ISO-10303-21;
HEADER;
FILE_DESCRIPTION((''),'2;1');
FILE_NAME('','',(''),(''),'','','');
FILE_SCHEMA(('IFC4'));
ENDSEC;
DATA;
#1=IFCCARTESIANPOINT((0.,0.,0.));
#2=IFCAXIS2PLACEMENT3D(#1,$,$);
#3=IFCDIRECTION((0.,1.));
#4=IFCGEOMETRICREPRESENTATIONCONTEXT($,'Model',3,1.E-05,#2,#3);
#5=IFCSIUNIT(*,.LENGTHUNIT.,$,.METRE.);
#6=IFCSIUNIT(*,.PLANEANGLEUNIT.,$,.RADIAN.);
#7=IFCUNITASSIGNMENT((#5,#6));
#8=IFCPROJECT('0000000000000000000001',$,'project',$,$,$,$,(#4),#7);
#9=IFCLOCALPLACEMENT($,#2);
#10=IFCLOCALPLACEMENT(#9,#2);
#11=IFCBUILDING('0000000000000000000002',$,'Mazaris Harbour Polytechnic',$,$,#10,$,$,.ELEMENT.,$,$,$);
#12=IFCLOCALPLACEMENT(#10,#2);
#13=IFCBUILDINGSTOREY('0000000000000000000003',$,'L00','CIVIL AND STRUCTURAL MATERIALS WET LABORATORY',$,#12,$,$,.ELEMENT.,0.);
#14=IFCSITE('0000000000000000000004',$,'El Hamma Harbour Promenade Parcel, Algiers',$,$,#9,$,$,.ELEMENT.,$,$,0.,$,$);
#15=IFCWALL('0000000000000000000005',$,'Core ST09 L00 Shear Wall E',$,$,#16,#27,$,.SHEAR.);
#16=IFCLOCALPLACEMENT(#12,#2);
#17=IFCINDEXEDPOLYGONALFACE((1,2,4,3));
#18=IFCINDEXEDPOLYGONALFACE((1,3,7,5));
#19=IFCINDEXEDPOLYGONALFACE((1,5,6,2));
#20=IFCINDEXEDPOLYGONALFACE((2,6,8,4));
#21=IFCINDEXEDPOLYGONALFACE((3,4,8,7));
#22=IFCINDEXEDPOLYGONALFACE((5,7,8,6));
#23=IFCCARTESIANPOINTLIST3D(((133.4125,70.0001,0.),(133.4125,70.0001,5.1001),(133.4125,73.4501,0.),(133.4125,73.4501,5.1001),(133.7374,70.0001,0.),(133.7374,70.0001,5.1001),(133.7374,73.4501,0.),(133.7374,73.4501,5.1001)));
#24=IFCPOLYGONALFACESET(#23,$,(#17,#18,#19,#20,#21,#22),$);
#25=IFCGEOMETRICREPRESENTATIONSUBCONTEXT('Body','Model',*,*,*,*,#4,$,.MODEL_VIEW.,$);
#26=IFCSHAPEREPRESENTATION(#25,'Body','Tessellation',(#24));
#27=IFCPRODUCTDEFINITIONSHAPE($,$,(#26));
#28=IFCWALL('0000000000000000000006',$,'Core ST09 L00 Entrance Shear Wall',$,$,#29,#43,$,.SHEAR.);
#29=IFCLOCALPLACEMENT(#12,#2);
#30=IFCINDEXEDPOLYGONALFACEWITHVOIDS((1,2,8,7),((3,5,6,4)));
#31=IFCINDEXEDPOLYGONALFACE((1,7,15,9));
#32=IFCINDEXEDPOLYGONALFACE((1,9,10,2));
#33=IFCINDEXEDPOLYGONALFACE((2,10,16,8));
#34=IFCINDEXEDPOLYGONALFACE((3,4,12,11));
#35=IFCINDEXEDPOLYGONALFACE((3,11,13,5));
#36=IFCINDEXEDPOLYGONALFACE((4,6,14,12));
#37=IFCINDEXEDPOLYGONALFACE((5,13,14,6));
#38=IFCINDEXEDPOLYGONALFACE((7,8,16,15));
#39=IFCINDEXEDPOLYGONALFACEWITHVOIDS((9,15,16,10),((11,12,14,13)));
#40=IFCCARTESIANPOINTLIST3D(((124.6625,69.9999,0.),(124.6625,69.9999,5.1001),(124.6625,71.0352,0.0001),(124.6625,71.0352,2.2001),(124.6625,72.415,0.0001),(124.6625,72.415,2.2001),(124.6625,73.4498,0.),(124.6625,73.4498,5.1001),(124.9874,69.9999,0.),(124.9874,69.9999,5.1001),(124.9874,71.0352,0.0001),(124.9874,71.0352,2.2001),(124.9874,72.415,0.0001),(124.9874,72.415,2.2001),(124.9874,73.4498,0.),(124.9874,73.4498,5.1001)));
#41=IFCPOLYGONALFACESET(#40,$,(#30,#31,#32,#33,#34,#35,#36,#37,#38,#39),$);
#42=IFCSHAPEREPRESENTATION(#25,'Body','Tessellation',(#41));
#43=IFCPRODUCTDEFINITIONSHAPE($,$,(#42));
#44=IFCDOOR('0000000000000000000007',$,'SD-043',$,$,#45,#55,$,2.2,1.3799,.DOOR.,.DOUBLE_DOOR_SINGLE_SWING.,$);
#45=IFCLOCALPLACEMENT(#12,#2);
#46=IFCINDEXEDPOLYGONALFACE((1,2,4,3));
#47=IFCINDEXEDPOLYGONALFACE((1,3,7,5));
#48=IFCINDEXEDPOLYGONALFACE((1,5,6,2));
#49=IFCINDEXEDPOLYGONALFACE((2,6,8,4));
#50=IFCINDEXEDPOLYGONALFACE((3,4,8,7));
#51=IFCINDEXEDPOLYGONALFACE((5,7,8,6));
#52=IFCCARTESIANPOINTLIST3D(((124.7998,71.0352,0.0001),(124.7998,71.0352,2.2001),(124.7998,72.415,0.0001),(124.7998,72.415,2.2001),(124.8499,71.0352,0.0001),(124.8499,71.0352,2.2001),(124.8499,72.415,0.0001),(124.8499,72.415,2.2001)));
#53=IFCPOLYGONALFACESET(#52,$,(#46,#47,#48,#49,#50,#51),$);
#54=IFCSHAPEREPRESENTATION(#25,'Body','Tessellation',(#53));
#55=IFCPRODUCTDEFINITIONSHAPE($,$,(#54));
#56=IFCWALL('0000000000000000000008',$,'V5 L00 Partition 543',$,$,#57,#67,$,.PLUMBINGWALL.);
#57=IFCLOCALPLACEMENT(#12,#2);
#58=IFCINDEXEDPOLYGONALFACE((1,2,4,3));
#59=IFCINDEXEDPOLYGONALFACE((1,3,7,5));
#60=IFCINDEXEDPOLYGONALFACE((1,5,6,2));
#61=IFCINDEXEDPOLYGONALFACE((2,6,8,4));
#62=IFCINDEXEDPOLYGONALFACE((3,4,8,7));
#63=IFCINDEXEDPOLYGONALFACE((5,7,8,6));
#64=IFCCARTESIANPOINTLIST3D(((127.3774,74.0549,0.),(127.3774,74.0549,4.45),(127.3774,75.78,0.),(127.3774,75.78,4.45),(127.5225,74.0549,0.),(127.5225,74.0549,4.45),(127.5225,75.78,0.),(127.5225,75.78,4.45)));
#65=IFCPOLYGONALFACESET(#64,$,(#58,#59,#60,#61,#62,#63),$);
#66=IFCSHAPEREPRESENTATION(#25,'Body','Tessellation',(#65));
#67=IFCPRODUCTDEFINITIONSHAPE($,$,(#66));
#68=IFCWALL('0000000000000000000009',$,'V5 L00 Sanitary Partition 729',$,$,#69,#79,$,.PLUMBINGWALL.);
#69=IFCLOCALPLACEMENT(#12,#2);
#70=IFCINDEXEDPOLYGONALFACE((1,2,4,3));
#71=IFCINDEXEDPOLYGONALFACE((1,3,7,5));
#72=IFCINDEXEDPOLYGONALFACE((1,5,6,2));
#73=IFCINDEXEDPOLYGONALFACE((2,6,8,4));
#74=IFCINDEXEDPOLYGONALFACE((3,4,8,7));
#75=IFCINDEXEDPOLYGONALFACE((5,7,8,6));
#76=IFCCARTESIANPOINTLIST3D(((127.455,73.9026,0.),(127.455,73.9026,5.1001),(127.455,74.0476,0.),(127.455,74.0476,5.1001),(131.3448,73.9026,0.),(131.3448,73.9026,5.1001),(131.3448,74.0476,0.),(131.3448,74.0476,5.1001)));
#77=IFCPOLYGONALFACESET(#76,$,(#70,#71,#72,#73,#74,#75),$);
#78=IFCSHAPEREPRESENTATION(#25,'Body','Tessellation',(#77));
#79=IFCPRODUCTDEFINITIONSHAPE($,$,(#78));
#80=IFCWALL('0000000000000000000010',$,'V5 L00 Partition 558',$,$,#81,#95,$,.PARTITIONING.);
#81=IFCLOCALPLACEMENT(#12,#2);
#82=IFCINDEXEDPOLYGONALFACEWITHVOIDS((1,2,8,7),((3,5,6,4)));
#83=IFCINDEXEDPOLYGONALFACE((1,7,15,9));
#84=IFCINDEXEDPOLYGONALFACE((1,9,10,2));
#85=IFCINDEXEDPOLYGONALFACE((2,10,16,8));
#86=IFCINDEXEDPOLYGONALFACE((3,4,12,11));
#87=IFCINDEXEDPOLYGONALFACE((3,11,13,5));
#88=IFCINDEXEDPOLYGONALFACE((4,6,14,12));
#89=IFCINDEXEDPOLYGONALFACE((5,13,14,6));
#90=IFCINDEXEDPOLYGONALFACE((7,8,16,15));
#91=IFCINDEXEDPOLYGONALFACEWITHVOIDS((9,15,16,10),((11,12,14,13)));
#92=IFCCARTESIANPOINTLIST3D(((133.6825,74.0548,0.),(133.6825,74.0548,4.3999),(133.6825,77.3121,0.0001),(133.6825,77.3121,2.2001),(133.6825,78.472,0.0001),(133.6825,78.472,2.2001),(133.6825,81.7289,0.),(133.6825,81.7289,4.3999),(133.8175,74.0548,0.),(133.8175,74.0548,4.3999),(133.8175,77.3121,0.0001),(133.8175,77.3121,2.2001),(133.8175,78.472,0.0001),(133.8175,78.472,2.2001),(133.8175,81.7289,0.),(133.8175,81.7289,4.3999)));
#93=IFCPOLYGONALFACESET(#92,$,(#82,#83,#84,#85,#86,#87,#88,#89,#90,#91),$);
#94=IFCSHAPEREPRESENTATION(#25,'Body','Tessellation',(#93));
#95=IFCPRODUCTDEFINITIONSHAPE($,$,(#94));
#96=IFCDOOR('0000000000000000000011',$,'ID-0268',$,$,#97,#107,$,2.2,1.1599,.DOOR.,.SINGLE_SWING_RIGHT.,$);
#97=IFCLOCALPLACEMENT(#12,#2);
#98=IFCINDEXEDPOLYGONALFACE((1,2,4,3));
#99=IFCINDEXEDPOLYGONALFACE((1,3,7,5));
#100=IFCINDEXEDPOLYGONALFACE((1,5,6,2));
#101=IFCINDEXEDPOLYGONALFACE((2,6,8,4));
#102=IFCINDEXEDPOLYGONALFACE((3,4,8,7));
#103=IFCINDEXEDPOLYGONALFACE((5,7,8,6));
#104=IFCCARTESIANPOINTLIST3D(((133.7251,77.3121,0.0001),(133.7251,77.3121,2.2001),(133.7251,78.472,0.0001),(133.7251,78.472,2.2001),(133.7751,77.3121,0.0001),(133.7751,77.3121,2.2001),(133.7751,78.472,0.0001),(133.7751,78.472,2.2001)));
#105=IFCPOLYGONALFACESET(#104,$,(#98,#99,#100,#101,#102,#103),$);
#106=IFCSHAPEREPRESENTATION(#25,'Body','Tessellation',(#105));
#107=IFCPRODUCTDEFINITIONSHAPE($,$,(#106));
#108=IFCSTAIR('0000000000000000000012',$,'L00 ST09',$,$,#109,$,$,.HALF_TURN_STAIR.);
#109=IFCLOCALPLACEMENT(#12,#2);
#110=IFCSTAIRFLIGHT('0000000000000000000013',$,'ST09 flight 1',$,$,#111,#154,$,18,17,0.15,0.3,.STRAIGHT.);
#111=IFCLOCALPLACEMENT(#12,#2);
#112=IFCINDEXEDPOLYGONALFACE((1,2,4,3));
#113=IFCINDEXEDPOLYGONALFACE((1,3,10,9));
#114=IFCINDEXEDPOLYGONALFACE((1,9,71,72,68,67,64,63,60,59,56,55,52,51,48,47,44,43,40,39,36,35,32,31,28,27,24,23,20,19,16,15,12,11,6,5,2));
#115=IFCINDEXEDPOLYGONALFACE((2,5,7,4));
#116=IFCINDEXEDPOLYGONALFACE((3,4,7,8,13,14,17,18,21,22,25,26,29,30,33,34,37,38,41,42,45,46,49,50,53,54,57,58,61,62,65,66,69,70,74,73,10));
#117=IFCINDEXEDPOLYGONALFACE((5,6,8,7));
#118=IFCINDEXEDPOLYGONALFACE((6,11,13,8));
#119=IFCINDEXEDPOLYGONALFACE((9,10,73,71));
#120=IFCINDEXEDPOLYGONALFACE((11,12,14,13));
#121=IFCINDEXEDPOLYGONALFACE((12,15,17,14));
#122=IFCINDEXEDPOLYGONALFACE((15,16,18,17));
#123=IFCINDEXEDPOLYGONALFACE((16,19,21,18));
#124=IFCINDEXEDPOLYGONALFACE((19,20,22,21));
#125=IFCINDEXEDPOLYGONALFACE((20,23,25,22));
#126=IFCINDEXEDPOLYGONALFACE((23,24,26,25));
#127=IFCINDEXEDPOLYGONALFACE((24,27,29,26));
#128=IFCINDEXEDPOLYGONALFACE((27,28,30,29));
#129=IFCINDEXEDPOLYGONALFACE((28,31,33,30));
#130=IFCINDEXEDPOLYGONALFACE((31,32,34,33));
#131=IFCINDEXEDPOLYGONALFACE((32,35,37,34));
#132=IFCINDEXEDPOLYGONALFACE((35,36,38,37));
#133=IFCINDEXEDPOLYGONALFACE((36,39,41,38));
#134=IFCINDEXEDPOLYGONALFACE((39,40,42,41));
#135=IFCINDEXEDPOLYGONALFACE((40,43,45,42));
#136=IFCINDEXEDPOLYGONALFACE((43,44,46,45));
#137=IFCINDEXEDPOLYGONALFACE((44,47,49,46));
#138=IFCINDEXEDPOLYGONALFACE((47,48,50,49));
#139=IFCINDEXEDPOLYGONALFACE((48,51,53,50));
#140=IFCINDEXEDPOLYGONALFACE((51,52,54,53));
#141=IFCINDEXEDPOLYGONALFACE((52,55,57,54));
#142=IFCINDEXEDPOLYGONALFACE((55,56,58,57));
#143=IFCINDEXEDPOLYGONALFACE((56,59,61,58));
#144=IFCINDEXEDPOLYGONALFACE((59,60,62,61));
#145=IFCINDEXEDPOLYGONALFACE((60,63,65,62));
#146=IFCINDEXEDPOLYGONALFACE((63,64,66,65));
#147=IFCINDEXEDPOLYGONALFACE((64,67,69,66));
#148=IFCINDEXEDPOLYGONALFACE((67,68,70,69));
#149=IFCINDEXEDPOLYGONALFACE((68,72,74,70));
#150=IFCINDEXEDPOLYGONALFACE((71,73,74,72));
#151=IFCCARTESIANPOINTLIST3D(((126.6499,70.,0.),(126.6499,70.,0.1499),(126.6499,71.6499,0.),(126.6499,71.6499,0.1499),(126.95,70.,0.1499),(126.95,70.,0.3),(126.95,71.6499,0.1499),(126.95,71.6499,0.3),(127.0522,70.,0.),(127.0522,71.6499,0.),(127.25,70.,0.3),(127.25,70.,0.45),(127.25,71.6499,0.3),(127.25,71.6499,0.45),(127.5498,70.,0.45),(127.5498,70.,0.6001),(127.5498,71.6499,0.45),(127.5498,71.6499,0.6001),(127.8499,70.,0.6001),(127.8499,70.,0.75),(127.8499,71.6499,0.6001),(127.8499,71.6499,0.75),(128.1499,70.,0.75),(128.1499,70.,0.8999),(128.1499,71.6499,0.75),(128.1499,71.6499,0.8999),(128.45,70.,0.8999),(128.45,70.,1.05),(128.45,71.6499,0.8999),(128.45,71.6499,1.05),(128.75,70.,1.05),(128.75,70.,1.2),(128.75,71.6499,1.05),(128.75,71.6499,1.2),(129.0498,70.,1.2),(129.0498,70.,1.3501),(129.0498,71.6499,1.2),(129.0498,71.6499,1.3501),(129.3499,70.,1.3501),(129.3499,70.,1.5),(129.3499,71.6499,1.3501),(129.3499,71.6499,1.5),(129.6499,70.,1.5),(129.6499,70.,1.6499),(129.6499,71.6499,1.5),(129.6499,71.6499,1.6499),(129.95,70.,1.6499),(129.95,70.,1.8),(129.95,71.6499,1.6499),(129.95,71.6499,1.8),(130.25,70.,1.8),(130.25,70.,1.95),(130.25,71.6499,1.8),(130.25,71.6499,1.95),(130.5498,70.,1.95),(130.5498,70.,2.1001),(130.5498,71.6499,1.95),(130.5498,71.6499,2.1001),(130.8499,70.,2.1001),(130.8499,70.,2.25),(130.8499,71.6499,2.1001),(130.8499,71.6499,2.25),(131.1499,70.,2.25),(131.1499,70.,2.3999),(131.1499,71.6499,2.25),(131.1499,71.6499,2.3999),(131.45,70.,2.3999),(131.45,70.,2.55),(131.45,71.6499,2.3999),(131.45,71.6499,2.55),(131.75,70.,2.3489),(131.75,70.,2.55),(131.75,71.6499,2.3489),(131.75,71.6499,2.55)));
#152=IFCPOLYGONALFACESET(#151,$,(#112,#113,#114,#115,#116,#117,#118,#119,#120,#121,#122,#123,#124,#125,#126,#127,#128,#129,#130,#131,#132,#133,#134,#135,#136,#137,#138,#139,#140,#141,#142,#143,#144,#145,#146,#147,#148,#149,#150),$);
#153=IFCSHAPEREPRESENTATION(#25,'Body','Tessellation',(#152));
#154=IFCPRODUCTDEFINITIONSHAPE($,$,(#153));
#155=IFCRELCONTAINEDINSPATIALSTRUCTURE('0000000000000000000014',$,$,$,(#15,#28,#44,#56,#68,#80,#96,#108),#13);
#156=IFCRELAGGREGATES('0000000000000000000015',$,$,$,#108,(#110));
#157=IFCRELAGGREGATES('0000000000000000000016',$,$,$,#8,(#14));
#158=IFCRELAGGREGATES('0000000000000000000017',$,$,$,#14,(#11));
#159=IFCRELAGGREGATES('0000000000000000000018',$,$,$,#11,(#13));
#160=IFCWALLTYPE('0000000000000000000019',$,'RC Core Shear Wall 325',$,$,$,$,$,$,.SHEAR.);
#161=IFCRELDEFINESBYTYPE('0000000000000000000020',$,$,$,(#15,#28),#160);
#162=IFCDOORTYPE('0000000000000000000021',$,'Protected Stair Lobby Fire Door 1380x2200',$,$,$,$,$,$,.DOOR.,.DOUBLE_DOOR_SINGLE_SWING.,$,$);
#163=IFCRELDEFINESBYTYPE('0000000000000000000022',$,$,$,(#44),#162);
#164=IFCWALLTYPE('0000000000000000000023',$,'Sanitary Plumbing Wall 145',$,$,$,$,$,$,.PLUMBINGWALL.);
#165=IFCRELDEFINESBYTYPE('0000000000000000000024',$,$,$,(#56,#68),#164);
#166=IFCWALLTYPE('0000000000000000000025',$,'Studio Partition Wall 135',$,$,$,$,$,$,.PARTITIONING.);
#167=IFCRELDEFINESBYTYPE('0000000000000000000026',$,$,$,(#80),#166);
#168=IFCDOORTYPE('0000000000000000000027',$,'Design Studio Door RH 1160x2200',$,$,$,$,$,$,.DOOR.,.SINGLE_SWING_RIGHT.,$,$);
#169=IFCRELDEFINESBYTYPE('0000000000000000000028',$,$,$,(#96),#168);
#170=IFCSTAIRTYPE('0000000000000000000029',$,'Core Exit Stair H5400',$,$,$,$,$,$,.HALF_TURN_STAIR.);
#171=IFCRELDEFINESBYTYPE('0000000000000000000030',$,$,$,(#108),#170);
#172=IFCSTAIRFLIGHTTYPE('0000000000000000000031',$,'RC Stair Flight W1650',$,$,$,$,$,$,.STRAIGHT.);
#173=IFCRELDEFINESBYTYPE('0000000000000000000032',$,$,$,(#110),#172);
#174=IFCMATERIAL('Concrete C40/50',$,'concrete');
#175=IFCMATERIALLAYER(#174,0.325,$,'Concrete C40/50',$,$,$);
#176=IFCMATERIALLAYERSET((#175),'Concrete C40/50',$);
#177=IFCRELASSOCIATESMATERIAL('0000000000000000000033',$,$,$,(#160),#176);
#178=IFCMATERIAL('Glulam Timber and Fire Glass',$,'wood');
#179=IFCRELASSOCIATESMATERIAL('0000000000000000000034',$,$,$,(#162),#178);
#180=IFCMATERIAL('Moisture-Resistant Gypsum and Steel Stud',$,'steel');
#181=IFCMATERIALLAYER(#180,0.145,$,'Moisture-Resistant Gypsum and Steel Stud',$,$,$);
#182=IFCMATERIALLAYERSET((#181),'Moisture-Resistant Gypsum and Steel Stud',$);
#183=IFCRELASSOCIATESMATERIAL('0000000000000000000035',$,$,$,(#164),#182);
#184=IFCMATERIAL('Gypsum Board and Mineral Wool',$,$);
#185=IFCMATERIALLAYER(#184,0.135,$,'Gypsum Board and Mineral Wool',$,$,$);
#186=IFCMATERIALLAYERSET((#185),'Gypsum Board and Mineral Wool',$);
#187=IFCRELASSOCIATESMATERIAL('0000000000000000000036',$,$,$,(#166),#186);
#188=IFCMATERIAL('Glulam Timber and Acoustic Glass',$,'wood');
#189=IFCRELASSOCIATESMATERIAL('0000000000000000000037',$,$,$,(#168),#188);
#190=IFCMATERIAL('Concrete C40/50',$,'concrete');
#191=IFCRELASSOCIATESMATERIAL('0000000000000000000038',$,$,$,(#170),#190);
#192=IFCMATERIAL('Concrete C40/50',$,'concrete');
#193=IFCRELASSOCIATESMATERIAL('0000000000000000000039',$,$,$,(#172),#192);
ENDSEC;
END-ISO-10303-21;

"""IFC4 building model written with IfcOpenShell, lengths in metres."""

from ifc_helpers import new_model, si_unit, direction, frame, frame_2d, origin, place, context, subcontext, project, spatial, polyline, rectangle, outline, extrude, material, layer, layer_set, type_object, element, fill, aggregate, save


model = new_model("IFC4")

# Units and contexts
model_context = context("Model", 3, precision=1e-05, world=origin(), true_north=direction((0.0, 1.0)))
body_context = subcontext(model_context, "Body", "Model", "MODEL_VIEW")
ifc_project = project(units=[si_unit("LENGTHUNIT", "METRE"), si_unit("PLANEANGLEUNIT", "RADIAN")], contexts=[model_context])

# Site, building, storey
site_placement = place(None, origin())
site = spatial("IfcSite", under=ifc_project, at=site_placement, Name="El Hamma Harbour Promenade Parcel, Algiers", CompositionType="ELEMENT", RefElevation=0.0)
building_placement = place(site_placement, origin())
building = spatial("IfcBuilding", under=site, at=building_placement, Name="Mazaris Harbour Polytechnic", CompositionType="ELEMENT")
storey_placement = place(building_placement, origin())
storey = spatial("IfcBuildingStorey", under=building, at=storey_placement, Name="L00", Description="CIVIL AND STRUCTURAL MATERIALS WET LABORATORY", CompositionType="ELEMENT", Elevation=0.0)

# Wall
ifc_material_1 = material(Name="Concrete C40/50", Category="concrete")
ifc_layer_1 = layer(ifc_material_1, 0.325, Name="Concrete C40/50")
ifc_layer_set_1 = layer_set([ifc_layer_1], Name="Concrete C40/50")
wall_type_1 = type_object("IfcWallType", Name="RC Core Shear Wall 325", PredefinedType="SHEAR", material=ifc_layer_set_1)
wall_1_placement = place(storey_placement, frame((133.575, 70.0, 0.0), z_axis=(0.0, 0.0, 1.0), x_axis=(0.0, 1.0, 0.0)))
element("IfcWall", 1, at=wall_1_placement, inside=storey, type_object=wall_type_1, Name="Core ST09 L00 Shear Wall E", PredefinedType="SHEAR", context=body_context, shape_type="SweptSolid", body=[
    extrude(rectangle(XDim=3.45, YDim=0.325, at=frame_2d((1.7251, 0.0))), origin(), (0.0, 0.0, 1.0), 5.1001),
])

# Wall, opening, door
wall_2_placement = place(storey_placement, frame((124.825, 73.45, 0.0), z_axis=(0.0, 0.0, 1.0), x_axis=(0.0, -1.0, 0.0)))
wall_2 = element("IfcWall", 2, at=wall_2_placement, inside=storey, type_object=wall_type_1, Name="Core ST09 L00 Entrance Shear Wall", PredefinedType="SHEAR", context=body_context, shape_type="SweptSolid", body=[
    extrude(rectangle(XDim=3.45, YDim=0.325, at=frame_2d((1.7251, 0.0))), origin(), (0.0, 0.0, 1.0), 5.1001),
])
opening_1_placement = place(wall_2_placement, frame((1.0349, 0.0, 0.0)))
opening_1 = element("IfcOpeningElement", 3, at=opening_1_placement, cuts=wall_2, PredefinedType="OPENING", context=body_context, shape_type="SweptSolid", body=[
    extrude(rectangle(XDim=1.3799, YDim=2.2, at=frame_2d((0.6899, 1.1001))), frame((0.0, 0.1724, 0.0), z_axis=(0.0, -1.0, 0.0), x_axis=(1.0, 0.0, 0.0)), (0.0, 0.0, 1.0), 0.345),
])
ifc_material_2 = material(Name="Glulam Timber and Fire Glass", Category="wood")
door_type_1 = type_object("IfcDoorType", Name="Protected Stair Lobby Fire Door 1380x2200", OperationType="DOUBLE_DOOR_SINGLE_SWING", PredefinedType="DOOR", material=ifc_material_2)
door_1_placement = place(opening_1_placement, origin())
door_1 = element("IfcDoor", 4, at=door_1_placement, inside=storey, type_object=door_type_1, Name="SD-043", OperationType="DOUBLE_DOOR_SINGLE_SWING", OverallHeight=2.2, OverallWidth=1.3799, PredefinedType="DOOR", context=body_context, shape_type="SweptSolid", body=[
    extrude(rectangle(XDim=1.3799, YDim=2.2, at=frame_2d((0.6899, 1.1001))), frame((0.0, 0.0249, 0.0), z_axis=(0.0, -1.0, 0.0), x_axis=(1.0, 0.0, 0.0)), (0.0, 0.0, 1.0), 0.05),
])
fill(opening_1, door_1)

# Walls
ifc_material_3 = material(Name="Moisture-Resistant Gypsum and Steel Stud", Category="steel")
ifc_layer_2 = layer(ifc_material_3, 0.145, Name="Moisture-Resistant Gypsum and Steel Stud")
ifc_layer_set_2 = layer_set([ifc_layer_2], Name="Moisture-Resistant Gypsum and Steel Stud")
wall_type_2 = type_object("IfcWallType", Name="Sanitary Plumbing Wall 145", PredefinedType="PLUMBINGWALL", material=ifc_layer_set_2)
wall_3_placement = place(storey_placement, frame((127.45, 74.0549, 0.0), z_axis=(0.0, 0.0, 1.0), x_axis=(0.0, 1.0, 0.0)))
element("IfcWall", 5, at=wall_3_placement, inside=storey, type_object=wall_type_2, Name="V5 L00 Partition 543", PredefinedType="PLUMBINGWALL", context=body_context, shape_type="SweptSolid", body=[
    extrude(rectangle(XDim=1.7251, YDim=0.145, at=frame_2d((0.8625, 0.0))), origin(), (0.0, 0.0, 1.0), 4.45),
])
wall_4_placement = place(storey_placement, frame((127.4551, 73.9751, 0.0), z_axis=(0.0, 0.0, 1.0), x_axis=(1.0, 0.0, 0.0)))
element("IfcWall", 6, at=wall_4_placement, inside=storey, type_object=wall_type_2, Name="V5 L00 Sanitary Partition 729", PredefinedType="PLUMBINGWALL", context=body_context, shape_type="SweptSolid", body=[
    extrude(rectangle(XDim=3.8899, YDim=0.145, at=frame_2d((1.9448, 0.0))), origin(), (0.0, 0.0, 1.0), 5.1001),
])

# Wall, opening, door
ifc_material_4 = material(Name="Gypsum Board and Mineral Wool")
ifc_layer_3 = layer(ifc_material_4, 0.135, Name="Gypsum Board and Mineral Wool")
ifc_layer_set_3 = layer_set([ifc_layer_3], Name="Gypsum Board and Mineral Wool")
wall_type_3 = type_object("IfcWallType", Name="Studio Partition Wall 135", PredefinedType="PARTITIONING", material=ifc_layer_set_3)
wall_5_placement = place(storey_placement, frame((133.75, 74.0549, 0.0), z_axis=(0.0, 0.0, 1.0), x_axis=(0.0, 1.0, 0.0)))
wall_5 = element("IfcWall", 7, at=wall_5_placement, inside=storey, type_object=wall_type_3, Name="V5 L00 Partition 558", PredefinedType="PARTITIONING", context=body_context, shape_type="SweptSolid", body=[
    extrude(rectangle(XDim=7.6741, YDim=0.135, at=frame_2d((3.8369, 0.0))), origin(), (0.0, 0.0, 1.0), 4.3999),
])
opening_2_placement = place(wall_5_placement, frame((3.2571, 0.0, 0.0)))
opening_2 = element("IfcOpeningElement", 8, at=opening_2_placement, cuts=wall_5, PredefinedType="OPENING", context=body_context, shape_type="SweptSolid", body=[
    extrude(rectangle(XDim=1.1599, YDim=2.2, at=frame_2d((0.5801, 1.1001))), frame((0.0, 0.0774, 0.0), z_axis=(0.0, -1.0, 0.0), x_axis=(1.0, 0.0, 0.0)), (0.0, 0.0, 1.0), 0.155),
])
ifc_material_5 = material(Name="Glulam Timber and Acoustic Glass", Category="wood")
door_type_2 = type_object("IfcDoorType", Name="Design Studio Door RH 1160x2200", OperationType="SINGLE_SWING_RIGHT", PredefinedType="DOOR", material=ifc_material_5)
door_2_placement = place(opening_2_placement, origin())
door_2 = element("IfcDoor", 9, at=door_2_placement, inside=storey, type_object=door_type_2, Name="ID-0268", OperationType="SINGLE_SWING_RIGHT", OverallHeight=2.2, OverallWidth=1.1599, PredefinedType="DOOR", context=body_context, shape_type="SweptSolid", body=[
    extrude(rectangle(XDim=1.1599, YDim=2.2, at=frame_2d((0.5801, 1.1001))), frame((0.0, 0.0249, 0.0), z_axis=(0.0, -1.0, 0.0), x_axis=(1.0, 0.0, 0.0)), (0.0, 0.0, 1.0), 0.05),
])
fill(opening_2, door_2)

# Stair, stair flight
ifc_material_6 = material(Name="Concrete C40/50", Category="concrete")
stair_type = type_object("IfcStairType", Name="Core Exit Stair H5400", PredefinedType="HALF_TURN_STAIR", material=ifc_material_6)
stair_placement = place(storey_placement, origin())
stair = element("IfcStair", 10, at=stair_placement, inside=storey, type_object=stair_type, Name="L00 ST09", PredefinedType="HALF_TURN_STAIR")
ifc_material_7 = material(Name="Concrete C40/50", Category="concrete")
stair_flight_type = type_object("IfcStairFlightType", Name="RC Stair Flight W1650", PredefinedType="STRAIGHT", material=ifc_material_7)
stair_flight_1_placement = place(storey_placement, frame((126.6499, 70.825, 0.0), z_axis=(0.0, 0.0, 1.0), x_axis=(1.0, 0.0, 0.0)))
stair_flight_1 = element("IfcStairFlight", 11, at=stair_flight_1_placement, type_object=stair_flight_type, Name="ST09 flight 1", NumberOfRisers=18, NumberOfTreads=17, PredefinedType="STRAIGHT", RiserHeight=0.15, TreadLength=0.3, context=body_context, shape_type="SweptSolid", body=[
    extrude(outline(polyline([(0.0, 0.0), (0.0, 0.1499), (0.3, 0.1499), (0.3, 0.3), (0.6001, 0.3), (0.6001, 0.45), (0.8999, 0.45), (0.8999, 0.6001), (1.2, 0.6001), (1.2, 0.75), (1.5, 0.75), (1.5, 0.8999), (1.8, 0.8999), (1.8, 1.05), (2.1001, 1.05), (2.1001, 1.2), (2.3999, 1.2), (2.3999, 1.3501), (2.7, 1.3501), (2.7, 1.5), (3.0, 1.5), (3.0, 1.6499), (3.3, 1.6499), (3.3, 1.8), (3.6001, 1.8), (3.6001, 1.95), (3.8999, 1.95), (3.8999, 2.1001), (4.2, 2.1001), (4.2, 2.25), (4.5, 2.25), (4.5, 2.3999), (4.8, 2.3999), (4.8, 2.55), (5.1001, 2.55), (5.1001, 2.7), (5.1001, 2.3489), (0.4023, 0.0), (0.0, 0.0)])), frame((0.0, 0.825, 0.0), z_axis=(0.0, -1.0, 0.0), x_axis=(1.0, 0.0, 0.0)), (0.0, 0.0, 1.0), 1.6499),
])
aggregate(stair, [stair_flight_1])

save(model, "model.ifc")
